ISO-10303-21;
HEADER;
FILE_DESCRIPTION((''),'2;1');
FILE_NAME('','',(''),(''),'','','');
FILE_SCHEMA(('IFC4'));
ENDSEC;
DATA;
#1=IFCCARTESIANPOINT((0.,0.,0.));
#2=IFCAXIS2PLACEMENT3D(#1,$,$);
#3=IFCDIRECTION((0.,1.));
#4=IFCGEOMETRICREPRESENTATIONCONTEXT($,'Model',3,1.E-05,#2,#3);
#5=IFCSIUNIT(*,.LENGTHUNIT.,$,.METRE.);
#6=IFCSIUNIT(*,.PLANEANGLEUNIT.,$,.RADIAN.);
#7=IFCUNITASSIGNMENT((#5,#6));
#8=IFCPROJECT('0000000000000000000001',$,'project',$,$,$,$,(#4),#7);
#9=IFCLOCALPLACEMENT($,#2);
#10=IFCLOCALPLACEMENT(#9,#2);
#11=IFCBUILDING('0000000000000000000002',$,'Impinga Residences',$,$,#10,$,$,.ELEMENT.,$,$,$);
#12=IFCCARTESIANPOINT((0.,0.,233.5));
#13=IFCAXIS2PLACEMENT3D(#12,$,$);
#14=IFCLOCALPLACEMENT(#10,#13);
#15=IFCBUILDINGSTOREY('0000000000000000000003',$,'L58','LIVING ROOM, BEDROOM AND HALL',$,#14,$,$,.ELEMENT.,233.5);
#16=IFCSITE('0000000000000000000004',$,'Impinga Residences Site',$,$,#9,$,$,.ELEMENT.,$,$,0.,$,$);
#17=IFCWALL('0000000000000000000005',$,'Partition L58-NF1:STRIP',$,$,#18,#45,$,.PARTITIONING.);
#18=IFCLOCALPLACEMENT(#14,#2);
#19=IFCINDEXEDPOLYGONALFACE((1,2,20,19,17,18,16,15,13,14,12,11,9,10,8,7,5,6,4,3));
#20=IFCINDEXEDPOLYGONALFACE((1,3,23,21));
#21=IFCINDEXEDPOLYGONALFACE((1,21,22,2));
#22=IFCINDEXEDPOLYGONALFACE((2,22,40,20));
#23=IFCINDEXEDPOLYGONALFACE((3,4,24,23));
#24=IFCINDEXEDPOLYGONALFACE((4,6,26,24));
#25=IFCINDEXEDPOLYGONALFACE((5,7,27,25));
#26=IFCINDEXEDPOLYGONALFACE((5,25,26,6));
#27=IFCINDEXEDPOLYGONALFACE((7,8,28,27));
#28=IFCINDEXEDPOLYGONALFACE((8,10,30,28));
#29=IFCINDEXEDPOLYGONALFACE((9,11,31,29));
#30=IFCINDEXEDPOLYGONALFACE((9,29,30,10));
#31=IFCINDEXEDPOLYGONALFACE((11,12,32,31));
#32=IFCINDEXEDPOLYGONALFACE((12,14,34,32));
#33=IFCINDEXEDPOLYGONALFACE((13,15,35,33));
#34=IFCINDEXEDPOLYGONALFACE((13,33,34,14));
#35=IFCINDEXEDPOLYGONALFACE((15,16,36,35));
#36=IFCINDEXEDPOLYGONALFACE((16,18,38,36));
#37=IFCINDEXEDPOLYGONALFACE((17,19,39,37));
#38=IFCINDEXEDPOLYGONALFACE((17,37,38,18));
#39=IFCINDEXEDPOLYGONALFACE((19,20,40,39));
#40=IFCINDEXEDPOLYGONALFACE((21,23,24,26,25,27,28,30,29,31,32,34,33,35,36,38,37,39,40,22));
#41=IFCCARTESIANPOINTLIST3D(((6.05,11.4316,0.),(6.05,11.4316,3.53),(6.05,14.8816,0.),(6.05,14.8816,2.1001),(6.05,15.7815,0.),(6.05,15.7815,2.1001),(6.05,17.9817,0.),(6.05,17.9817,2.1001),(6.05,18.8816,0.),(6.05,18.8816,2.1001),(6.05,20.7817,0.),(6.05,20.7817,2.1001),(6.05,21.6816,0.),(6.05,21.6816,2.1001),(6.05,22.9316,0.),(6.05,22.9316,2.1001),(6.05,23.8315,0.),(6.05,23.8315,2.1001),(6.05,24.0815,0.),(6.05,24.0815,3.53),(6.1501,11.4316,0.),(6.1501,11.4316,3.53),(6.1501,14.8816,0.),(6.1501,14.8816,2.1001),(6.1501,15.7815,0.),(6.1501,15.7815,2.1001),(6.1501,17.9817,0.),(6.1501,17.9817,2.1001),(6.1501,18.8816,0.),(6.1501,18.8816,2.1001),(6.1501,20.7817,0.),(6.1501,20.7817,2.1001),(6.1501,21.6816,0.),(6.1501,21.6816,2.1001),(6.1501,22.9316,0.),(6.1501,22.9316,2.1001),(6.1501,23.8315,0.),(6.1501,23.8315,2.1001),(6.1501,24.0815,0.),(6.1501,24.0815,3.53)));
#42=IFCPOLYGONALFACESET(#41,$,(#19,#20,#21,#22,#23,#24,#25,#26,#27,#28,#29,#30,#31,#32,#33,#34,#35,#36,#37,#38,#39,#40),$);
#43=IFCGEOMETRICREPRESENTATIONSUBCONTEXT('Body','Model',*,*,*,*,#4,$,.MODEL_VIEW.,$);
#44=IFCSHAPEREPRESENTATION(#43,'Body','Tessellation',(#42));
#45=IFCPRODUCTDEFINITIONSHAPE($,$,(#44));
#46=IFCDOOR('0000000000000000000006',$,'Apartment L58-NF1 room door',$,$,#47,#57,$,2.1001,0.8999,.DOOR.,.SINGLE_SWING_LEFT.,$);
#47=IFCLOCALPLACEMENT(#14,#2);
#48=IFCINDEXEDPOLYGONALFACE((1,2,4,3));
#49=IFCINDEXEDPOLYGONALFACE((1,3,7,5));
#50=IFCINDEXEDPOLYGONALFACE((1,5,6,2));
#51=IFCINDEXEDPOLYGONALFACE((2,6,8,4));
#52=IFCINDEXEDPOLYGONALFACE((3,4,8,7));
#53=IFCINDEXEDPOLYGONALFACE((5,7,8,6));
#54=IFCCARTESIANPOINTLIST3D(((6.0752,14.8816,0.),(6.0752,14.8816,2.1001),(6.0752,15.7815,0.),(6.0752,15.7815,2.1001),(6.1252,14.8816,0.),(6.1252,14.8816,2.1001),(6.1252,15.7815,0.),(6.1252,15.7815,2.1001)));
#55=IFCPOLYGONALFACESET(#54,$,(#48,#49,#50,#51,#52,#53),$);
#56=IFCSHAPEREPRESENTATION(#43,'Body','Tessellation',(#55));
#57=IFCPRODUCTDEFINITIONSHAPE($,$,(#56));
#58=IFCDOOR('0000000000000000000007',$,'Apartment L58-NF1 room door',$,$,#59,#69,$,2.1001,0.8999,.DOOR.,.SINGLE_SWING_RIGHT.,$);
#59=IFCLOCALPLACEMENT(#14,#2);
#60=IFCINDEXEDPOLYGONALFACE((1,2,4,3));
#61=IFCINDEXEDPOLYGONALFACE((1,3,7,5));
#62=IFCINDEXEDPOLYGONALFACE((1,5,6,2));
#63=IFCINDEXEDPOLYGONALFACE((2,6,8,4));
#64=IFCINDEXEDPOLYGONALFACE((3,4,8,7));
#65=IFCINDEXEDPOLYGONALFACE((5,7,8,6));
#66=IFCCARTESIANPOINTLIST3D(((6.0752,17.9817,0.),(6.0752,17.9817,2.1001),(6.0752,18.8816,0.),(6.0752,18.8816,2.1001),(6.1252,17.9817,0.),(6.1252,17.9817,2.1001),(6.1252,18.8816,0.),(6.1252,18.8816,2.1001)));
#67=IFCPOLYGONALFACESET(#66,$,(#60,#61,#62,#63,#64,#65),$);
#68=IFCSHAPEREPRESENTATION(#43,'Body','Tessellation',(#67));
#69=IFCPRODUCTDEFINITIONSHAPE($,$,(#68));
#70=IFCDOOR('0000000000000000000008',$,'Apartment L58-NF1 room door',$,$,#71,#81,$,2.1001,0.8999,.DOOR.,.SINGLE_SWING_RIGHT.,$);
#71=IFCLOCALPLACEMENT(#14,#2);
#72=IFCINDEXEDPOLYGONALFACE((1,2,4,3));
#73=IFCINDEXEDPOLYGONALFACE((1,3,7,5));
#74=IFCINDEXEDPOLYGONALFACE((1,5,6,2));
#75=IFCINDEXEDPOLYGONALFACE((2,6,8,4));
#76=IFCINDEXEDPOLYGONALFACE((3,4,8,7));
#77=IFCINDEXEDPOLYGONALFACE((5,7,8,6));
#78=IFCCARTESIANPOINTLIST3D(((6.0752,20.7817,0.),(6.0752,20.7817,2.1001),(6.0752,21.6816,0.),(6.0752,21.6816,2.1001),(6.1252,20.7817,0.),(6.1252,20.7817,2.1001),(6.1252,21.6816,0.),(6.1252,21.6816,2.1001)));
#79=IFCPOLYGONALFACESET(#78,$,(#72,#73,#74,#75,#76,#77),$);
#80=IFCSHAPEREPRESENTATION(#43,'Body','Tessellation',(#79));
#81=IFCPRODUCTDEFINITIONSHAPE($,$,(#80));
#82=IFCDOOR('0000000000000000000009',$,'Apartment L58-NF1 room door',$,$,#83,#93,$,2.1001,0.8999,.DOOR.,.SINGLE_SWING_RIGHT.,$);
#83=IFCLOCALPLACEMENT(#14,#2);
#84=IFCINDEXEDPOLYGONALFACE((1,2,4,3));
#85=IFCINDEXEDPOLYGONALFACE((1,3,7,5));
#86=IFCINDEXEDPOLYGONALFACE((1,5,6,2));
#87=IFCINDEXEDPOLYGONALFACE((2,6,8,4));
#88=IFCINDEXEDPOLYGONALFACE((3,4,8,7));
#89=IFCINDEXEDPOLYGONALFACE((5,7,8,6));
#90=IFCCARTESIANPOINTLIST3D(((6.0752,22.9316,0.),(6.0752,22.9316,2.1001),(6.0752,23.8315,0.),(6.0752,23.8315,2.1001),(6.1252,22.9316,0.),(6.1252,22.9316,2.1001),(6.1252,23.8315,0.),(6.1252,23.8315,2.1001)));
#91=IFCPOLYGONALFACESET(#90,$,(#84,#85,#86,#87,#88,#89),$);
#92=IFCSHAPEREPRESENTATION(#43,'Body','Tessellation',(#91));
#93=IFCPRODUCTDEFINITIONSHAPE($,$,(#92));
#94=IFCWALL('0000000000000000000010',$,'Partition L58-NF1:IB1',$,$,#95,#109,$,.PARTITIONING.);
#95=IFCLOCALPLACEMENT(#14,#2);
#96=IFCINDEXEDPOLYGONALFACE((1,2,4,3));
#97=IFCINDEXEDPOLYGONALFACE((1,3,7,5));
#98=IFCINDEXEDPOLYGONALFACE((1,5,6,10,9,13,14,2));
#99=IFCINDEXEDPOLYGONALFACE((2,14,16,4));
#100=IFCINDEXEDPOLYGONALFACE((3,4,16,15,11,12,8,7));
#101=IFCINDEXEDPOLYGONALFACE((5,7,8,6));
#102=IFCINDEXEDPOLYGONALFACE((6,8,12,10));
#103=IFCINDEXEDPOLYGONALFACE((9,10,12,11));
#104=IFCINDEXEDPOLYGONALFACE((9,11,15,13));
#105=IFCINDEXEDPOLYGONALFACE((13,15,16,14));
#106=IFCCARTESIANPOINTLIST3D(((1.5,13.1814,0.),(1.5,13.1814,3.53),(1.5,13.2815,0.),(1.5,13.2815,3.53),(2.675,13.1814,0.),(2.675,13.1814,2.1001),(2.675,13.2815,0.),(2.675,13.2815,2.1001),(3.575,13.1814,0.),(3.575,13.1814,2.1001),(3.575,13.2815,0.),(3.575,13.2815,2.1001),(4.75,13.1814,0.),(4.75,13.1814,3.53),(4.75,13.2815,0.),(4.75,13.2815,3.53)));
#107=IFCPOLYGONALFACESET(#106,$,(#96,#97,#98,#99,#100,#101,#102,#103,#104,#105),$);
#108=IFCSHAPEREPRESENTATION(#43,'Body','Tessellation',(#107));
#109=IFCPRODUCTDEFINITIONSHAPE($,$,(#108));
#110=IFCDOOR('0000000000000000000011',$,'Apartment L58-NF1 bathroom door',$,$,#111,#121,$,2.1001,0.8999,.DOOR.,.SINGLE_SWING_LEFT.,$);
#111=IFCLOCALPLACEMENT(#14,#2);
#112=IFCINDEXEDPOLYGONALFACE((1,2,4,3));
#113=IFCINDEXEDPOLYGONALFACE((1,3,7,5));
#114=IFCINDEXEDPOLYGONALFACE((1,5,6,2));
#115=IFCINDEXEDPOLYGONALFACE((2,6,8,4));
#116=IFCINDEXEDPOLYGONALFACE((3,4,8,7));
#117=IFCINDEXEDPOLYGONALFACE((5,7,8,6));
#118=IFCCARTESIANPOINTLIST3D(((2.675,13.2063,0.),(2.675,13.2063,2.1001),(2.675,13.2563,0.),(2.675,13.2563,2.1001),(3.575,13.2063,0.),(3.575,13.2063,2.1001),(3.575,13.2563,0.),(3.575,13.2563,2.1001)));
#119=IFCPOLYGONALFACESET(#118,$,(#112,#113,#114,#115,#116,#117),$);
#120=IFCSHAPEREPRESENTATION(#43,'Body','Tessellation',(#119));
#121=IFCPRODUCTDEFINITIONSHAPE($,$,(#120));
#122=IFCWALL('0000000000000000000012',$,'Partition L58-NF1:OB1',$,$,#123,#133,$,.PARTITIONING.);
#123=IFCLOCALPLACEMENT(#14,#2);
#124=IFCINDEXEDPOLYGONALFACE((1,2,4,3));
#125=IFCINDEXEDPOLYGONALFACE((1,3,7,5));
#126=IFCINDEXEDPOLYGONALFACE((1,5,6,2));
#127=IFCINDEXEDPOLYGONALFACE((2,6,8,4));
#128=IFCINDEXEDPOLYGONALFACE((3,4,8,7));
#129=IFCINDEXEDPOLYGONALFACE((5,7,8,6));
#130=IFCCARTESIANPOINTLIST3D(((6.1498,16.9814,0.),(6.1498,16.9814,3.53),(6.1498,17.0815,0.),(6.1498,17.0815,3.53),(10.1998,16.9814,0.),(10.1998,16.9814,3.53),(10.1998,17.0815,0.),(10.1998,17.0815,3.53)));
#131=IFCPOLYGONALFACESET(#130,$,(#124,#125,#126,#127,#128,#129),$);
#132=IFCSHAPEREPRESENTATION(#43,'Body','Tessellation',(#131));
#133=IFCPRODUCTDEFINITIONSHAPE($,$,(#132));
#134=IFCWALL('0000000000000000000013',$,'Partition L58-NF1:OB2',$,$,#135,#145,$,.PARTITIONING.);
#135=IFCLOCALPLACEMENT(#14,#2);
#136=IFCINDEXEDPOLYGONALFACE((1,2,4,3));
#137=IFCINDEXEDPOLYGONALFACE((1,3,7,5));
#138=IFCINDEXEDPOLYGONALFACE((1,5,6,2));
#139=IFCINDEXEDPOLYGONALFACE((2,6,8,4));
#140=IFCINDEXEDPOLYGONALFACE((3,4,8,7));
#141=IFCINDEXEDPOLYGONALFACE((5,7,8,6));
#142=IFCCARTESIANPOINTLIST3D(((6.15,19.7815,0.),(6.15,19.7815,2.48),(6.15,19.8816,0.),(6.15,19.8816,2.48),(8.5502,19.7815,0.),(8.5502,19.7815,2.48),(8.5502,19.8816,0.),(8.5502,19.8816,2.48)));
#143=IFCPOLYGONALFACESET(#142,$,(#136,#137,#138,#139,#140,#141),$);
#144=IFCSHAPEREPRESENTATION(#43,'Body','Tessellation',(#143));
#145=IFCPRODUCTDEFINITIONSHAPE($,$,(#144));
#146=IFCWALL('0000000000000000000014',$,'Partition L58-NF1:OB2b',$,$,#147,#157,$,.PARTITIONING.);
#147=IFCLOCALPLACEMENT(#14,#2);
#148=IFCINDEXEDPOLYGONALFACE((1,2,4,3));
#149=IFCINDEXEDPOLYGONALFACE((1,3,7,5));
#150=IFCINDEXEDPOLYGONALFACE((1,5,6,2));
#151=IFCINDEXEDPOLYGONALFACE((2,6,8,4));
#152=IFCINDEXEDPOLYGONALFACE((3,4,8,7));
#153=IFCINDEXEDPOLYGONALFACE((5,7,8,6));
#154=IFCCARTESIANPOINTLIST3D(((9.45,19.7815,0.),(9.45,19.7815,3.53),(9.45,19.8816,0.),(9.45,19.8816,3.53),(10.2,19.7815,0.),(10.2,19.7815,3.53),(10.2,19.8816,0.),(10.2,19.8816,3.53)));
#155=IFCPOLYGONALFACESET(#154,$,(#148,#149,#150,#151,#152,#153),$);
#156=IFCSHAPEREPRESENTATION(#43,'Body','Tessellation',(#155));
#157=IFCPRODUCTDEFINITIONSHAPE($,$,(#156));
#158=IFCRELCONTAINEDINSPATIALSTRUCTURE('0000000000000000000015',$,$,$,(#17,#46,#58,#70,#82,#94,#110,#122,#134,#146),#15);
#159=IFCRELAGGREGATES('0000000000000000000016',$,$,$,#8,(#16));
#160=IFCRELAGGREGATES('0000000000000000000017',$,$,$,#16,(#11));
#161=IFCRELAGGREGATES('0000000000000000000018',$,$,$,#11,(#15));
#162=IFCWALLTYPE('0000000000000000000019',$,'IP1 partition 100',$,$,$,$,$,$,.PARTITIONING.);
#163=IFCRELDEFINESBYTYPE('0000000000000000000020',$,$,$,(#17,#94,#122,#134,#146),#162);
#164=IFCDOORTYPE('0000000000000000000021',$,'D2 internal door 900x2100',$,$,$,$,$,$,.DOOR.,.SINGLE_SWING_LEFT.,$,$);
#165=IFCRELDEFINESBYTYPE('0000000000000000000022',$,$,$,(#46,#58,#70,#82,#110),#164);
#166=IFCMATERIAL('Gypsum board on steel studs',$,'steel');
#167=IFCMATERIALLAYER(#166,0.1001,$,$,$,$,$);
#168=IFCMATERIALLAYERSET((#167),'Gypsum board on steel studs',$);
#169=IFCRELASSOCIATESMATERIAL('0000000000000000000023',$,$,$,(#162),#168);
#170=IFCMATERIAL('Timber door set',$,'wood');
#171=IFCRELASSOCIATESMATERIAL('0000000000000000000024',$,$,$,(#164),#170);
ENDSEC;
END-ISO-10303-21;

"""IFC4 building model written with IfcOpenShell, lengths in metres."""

from ifc_helpers import new_model, si_unit, direction, frame, frame_2d, origin, place, context, subcontext, project, spatial, rectangle, extrude, material, layer, layer_set, type_object, element, fill, save


model = new_model("IFC4")

# Units and contexts
model_context = context("Model", 3, precision=1e-05, world=origin(), true_north=direction((0.0, 1.0)))
body_context = subcontext(model_context, "Body", "Model", "MODEL_VIEW")
ifc_project = project(units=[si_unit("LENGTHUNIT", "METRE"), si_unit("PLANEANGLEUNIT", "RADIAN")], contexts=[model_context])

# Site, building, storey
site_placement = place(None, origin())
site = spatial("IfcSite", under=ifc_project, at=site_placement, Name="Impinga Residences Site", CompositionType="ELEMENT", RefElevation=0.0)
building_placement = place(site_placement, origin())
building = spatial("IfcBuilding", under=site, at=building_placement, Name="Impinga Residences", CompositionType="ELEMENT")
storey_placement = place(building_placement, frame((0.0, 0.0, 233.5)))
storey = spatial("IfcBuildingStorey", under=building, at=storey_placement, Name="L58", Description="LIVING ROOM, BEDROOM AND HALL", CompositionType="ELEMENT", Elevation=233.5)

# Shared definitions
ifc_material_1 = material(Name="Gypsum board on steel studs", Category="steel")
ifc_layer_1 = layer(ifc_material_1, 0.1001)
ifc_layer_set_1 = layer_set([ifc_layer_1], Name="Gypsum board on steel studs")
wall_type_1 = type_object("IfcWallType", Name="IP1 partition 100", PredefinedType="PARTITIONING", material=ifc_layer_set_1)

# Wall, openings, doors
wall_1_placement = place(storey_placement, frame((6.1001, 11.4316, 0.0), z_axis=(0.0, 0.0, 1.0), x_axis=(0.0, 1.0, 0.0)))
wall_1 = element("IfcWall", 1, at=wall_1_placement, inside=storey, type_object=wall_type_1, Name="Partition L58-NF1:STRIP", PredefinedType="PARTITIONING", context=body_context, shape_type="SweptSolid", body=[
    extrude(rectangle(XDim=12.6499, YDim=0.1001, at=frame_2d((6.325, 0.0))), origin(), (0.0, 0.0, 1.0), 3.53),
])
opening_1_placement = place(wall_1_placement, frame((3.45, 0.0, 0.0)))
opening_1 = element("IfcOpeningElement", 2, at=opening_1_placement, cuts=wall_1, PredefinedType="OPENING", context=body_context, shape_type="SweptSolid", body=[
    extrude(rectangle(XDim=0.8999, YDim=2.1001, at=frame_2d((0.45, 1.05))), frame((0.0, 0.0601, 0.0), z_axis=(0.0, -1.0, 0.0), x_axis=(1.0, 0.0, 0.0)), (0.0, 0.0, 1.0), 0.1201),
])
opening_2_placement = place(wall_1_placement, frame((6.55, 0.0, 0.0)))
opening_2 = element("IfcOpeningElement", 3, at=opening_2_placement, cuts=wall_1, PredefinedType="OPENING", context=body_context, shape_type="SweptSolid", body=[
    extrude(rectangle(XDim=0.8999, YDim=2.1001, at=frame_2d((0.45, 1.05))), frame((0.0, 0.0601, 0.0), z_axis=(0.0, -1.0, 0.0), x_axis=(1.0, 0.0, 0.0)), (0.0, 0.0, 1.0), 0.1201),
])
opening_3_placement = place(wall_1_placement, frame((9.3501, 0.0, 0.0)))
opening_3 = element("IfcOpeningElement", 4, at=opening_3_placement, cuts=wall_1, PredefinedType="OPENING", context=body_context, shape_type="SweptSolid", body=[
    extrude(rectangle(XDim=0.8999, YDim=2.1001, at=frame_2d((0.45, 1.05))), frame((0.0, 0.0601, 0.0), z_axis=(0.0, -1.0, 0.0), x_axis=(1.0, 0.0, 0.0)), (0.0, 0.0, 1.0), 0.1201),
])
opening_4_placement = place(wall_1_placement, frame((11.5, 0.0, 0.0)))
opening_4 = element("IfcOpeningElement", 5, at=opening_4_placement, cuts=wall_1, PredefinedType="OPENING", context=body_context, shape_type="SweptSolid", body=[
    extrude(rectangle(XDim=0.8999, YDim=2.1001, at=frame_2d((0.45, 1.05))), frame((0.0, 0.0601, 0.0), z_axis=(0.0, -1.0, 0.0), x_axis=(1.0, 0.0, 0.0)), (0.0, 0.0, 1.0), 0.1201),
])
ifc_material_2 = material(Name="Timber door set", Category="wood")
door_type_1 = type_object("IfcDoorType", Name="D2 internal door 900x2100", OperationType="SINGLE_SWING_LEFT", PredefinedType="DOOR", material=ifc_material_2)
door_1_placement = place(opening_1_placement, origin())
door_1 = element("IfcDoor", 6, at=door_1_placement, inside=storey, type_object=door_type_1, Name="Apartment L58-NF1 room door", OperationType="SINGLE_SWING_LEFT", OverallHeight=2.1001, OverallWidth=0.8999, PredefinedType="DOOR", context=body_context, shape_type="SweptSolid", body=[
    extrude(rectangle(XDim=0.8999, YDim=2.1001, at=frame_2d((0.45, 1.05))), frame((0.0, 0.0249, 0.0), z_axis=(0.0, -1.0, 0.0), x_axis=(1.0, 0.0, 0.0)), (0.0, 0.0, 1.0), 0.05),
])
fill(opening_1, door_1)
door_2_placement = place(opening_2_placement, origin())
door_2 = element("IfcDoor", 7, at=door_2_placement, inside=storey, type_object=door_type_1, Name="Apartment L58-NF1 room door", OperationType="SINGLE_SWING_RIGHT", OverallHeight=2.1001, OverallWidth=0.8999, PredefinedType="DOOR", context=body_context, shape_type="SweptSolid", body=[
    extrude(rectangle(XDim=0.8999, YDim=2.1001, at=frame_2d((0.45, 1.05))), frame((0.0, 0.0249, 0.0), z_axis=(0.0, -1.0, 0.0), x_axis=(1.0, 0.0, 0.0)), (0.0, 0.0, 1.0), 0.05),
])
fill(opening_2, door_2)
door_3_placement = place(opening_3_placement, origin())
door_3 = element("IfcDoor", 8, at=door_3_placement, inside=storey, type_object=door_type_1, Name="Apartment L58-NF1 room door", OperationType="SINGLE_SWING_RIGHT", OverallHeight=2.1001, OverallWidth=0.8999, PredefinedType="DOOR", context=body_context, shape_type="SweptSolid", body=[
    extrude(rectangle(XDim=0.8999, YDim=2.1001, at=frame_2d((0.45, 1.05))), frame((0.0, 0.0249, 0.0), z_axis=(0.0, -1.0, 0.0), x_axis=(1.0, 0.0, 0.0)), (0.0, 0.0, 1.0), 0.05),
])
fill(opening_3, door_3)
door_4_placement = place(opening_4_placement, origin())
door_4 = element("IfcDoor", 9, at=door_4_placement, inside=storey, type_object=door_type_1, Name="Apartment L58-NF1 room door", OperationType="SINGLE_SWING_RIGHT", OverallHeight=2.1001, OverallWidth=0.8999, PredefinedType="DOOR", context=body_context, shape_type="SweptSolid", body=[
    extrude(rectangle(XDim=0.8999, YDim=2.1001, at=frame_2d((0.45, 1.05))), frame((0.0, 0.0249, 0.0), z_axis=(0.0, -1.0, 0.0), x_axis=(1.0, 0.0, 0.0)), (0.0, 0.0, 1.0), 0.05),
])
fill(opening_4, door_4)

# Wall, opening, door
wall_2_placement = place(storey_placement, frame((1.5, 13.2314, 0.0), z_axis=(0.0, 0.0, 1.0), x_axis=(1.0, 0.0, 0.0)))
wall_2 = element("IfcWall", 10, at=wall_2_placement, inside=storey, type_object=wall_type_1, Name="Partition L58-NF1:IB1", PredefinedType="PARTITIONING", context=body_context, shape_type="SweptSolid", body=[
    extrude(rectangle(XDim=3.25, YDim=0.1001, at=frame_2d((1.625, 0.0))), origin(), (0.0, 0.0, 1.0), 3.53),
])
opening_5_placement = place(wall_2_placement, frame((1.175, 0.0, 0.0)))
opening_5 = element("IfcOpeningElement", 11, at=opening_5_placement, cuts=wall_2, PredefinedType="OPENING", context=body_context, shape_type="SweptSolid", body=[
    extrude(rectangle(XDim=0.8999, YDim=2.1001, at=frame_2d((0.45, 1.05))), frame((0.0, 0.0601, 0.0), z_axis=(0.0, -1.0, 0.0), x_axis=(1.0, 0.0, 0.0)), (0.0, 0.0, 1.0), 0.1201),
])
door_5_placement = place(opening_5_placement, origin())
door_5 = element("IfcDoor", 12, at=door_5_placement, inside=storey, type_object=door_type_1, Name="Apartment L58-NF1 bathroom door", OperationType="SINGLE_SWING_LEFT", OverallHeight=2.1001, OverallWidth=0.8999, PredefinedType="DOOR", context=body_context, shape_type="SweptSolid", body=[
    extrude(rectangle(XDim=0.8999, YDim=2.1001, at=frame_2d((0.45, 1.05))), frame((0.0, 0.0249, 0.0), z_axis=(0.0, -1.0, 0.0), x_axis=(1.0, 0.0, 0.0)), (0.0, 0.0, 1.0), 0.05),
])
fill(opening_5, door_5)

# Walls
wall_3_placement = place(storey_placement, frame((6.1499, 17.0315, 0.0), z_axis=(0.0, 0.0, 1.0), x_axis=(1.0, 0.0, 0.0)))
element("IfcWall", 13, at=wall_3_placement, inside=storey, type_object=wall_type_1, Name="Partition L58-NF1:OB1", PredefinedType="PARTITIONING", context=body_context, shape_type="SweptSolid", body=[
    extrude(rectangle(XDim=4.05, YDim=0.1001, at=frame_2d((2.0249, 0.0))), origin(), (0.0, 0.0, 1.0), 3.53),
])
wall_4_placement = place(storey_placement, frame((6.1499, 19.8315, 0.0), z_axis=(0.0, 0.0, 1.0), x_axis=(1.0, 0.0, 0.0)))
element("IfcWall", 14, at=wall_4_placement, inside=storey, type_object=wall_type_1, Name="Partition L58-NF1:OB2", PredefinedType="PARTITIONING", context=body_context, shape_type="SweptSolid", body=[
    extrude(rectangle(XDim=2.4001, YDim=0.1001, at=frame_2d((1.2002, 0.0))), origin(), (0.0, 0.0, 1.0), 2.48),
])
wall_5_placement = place(storey_placement, frame((9.45, 19.8315, 0.0), z_axis=(0.0, 0.0, 1.0), x_axis=(1.0, 0.0, 0.0)))
element("IfcWall", 15, at=wall_5_placement, inside=storey, type_object=wall_type_1, Name="Partition L58-NF1:OB2b", PredefinedType="PARTITIONING", context=body_context, shape_type="SweptSolid", body=[
    extrude(rectangle(XDim=0.75, YDim=0.1001, at=frame_2d((0.375, 0.0))), origin(), (0.0, 0.0, 1.0), 3.53),
])

save(model, "model.ifc")
